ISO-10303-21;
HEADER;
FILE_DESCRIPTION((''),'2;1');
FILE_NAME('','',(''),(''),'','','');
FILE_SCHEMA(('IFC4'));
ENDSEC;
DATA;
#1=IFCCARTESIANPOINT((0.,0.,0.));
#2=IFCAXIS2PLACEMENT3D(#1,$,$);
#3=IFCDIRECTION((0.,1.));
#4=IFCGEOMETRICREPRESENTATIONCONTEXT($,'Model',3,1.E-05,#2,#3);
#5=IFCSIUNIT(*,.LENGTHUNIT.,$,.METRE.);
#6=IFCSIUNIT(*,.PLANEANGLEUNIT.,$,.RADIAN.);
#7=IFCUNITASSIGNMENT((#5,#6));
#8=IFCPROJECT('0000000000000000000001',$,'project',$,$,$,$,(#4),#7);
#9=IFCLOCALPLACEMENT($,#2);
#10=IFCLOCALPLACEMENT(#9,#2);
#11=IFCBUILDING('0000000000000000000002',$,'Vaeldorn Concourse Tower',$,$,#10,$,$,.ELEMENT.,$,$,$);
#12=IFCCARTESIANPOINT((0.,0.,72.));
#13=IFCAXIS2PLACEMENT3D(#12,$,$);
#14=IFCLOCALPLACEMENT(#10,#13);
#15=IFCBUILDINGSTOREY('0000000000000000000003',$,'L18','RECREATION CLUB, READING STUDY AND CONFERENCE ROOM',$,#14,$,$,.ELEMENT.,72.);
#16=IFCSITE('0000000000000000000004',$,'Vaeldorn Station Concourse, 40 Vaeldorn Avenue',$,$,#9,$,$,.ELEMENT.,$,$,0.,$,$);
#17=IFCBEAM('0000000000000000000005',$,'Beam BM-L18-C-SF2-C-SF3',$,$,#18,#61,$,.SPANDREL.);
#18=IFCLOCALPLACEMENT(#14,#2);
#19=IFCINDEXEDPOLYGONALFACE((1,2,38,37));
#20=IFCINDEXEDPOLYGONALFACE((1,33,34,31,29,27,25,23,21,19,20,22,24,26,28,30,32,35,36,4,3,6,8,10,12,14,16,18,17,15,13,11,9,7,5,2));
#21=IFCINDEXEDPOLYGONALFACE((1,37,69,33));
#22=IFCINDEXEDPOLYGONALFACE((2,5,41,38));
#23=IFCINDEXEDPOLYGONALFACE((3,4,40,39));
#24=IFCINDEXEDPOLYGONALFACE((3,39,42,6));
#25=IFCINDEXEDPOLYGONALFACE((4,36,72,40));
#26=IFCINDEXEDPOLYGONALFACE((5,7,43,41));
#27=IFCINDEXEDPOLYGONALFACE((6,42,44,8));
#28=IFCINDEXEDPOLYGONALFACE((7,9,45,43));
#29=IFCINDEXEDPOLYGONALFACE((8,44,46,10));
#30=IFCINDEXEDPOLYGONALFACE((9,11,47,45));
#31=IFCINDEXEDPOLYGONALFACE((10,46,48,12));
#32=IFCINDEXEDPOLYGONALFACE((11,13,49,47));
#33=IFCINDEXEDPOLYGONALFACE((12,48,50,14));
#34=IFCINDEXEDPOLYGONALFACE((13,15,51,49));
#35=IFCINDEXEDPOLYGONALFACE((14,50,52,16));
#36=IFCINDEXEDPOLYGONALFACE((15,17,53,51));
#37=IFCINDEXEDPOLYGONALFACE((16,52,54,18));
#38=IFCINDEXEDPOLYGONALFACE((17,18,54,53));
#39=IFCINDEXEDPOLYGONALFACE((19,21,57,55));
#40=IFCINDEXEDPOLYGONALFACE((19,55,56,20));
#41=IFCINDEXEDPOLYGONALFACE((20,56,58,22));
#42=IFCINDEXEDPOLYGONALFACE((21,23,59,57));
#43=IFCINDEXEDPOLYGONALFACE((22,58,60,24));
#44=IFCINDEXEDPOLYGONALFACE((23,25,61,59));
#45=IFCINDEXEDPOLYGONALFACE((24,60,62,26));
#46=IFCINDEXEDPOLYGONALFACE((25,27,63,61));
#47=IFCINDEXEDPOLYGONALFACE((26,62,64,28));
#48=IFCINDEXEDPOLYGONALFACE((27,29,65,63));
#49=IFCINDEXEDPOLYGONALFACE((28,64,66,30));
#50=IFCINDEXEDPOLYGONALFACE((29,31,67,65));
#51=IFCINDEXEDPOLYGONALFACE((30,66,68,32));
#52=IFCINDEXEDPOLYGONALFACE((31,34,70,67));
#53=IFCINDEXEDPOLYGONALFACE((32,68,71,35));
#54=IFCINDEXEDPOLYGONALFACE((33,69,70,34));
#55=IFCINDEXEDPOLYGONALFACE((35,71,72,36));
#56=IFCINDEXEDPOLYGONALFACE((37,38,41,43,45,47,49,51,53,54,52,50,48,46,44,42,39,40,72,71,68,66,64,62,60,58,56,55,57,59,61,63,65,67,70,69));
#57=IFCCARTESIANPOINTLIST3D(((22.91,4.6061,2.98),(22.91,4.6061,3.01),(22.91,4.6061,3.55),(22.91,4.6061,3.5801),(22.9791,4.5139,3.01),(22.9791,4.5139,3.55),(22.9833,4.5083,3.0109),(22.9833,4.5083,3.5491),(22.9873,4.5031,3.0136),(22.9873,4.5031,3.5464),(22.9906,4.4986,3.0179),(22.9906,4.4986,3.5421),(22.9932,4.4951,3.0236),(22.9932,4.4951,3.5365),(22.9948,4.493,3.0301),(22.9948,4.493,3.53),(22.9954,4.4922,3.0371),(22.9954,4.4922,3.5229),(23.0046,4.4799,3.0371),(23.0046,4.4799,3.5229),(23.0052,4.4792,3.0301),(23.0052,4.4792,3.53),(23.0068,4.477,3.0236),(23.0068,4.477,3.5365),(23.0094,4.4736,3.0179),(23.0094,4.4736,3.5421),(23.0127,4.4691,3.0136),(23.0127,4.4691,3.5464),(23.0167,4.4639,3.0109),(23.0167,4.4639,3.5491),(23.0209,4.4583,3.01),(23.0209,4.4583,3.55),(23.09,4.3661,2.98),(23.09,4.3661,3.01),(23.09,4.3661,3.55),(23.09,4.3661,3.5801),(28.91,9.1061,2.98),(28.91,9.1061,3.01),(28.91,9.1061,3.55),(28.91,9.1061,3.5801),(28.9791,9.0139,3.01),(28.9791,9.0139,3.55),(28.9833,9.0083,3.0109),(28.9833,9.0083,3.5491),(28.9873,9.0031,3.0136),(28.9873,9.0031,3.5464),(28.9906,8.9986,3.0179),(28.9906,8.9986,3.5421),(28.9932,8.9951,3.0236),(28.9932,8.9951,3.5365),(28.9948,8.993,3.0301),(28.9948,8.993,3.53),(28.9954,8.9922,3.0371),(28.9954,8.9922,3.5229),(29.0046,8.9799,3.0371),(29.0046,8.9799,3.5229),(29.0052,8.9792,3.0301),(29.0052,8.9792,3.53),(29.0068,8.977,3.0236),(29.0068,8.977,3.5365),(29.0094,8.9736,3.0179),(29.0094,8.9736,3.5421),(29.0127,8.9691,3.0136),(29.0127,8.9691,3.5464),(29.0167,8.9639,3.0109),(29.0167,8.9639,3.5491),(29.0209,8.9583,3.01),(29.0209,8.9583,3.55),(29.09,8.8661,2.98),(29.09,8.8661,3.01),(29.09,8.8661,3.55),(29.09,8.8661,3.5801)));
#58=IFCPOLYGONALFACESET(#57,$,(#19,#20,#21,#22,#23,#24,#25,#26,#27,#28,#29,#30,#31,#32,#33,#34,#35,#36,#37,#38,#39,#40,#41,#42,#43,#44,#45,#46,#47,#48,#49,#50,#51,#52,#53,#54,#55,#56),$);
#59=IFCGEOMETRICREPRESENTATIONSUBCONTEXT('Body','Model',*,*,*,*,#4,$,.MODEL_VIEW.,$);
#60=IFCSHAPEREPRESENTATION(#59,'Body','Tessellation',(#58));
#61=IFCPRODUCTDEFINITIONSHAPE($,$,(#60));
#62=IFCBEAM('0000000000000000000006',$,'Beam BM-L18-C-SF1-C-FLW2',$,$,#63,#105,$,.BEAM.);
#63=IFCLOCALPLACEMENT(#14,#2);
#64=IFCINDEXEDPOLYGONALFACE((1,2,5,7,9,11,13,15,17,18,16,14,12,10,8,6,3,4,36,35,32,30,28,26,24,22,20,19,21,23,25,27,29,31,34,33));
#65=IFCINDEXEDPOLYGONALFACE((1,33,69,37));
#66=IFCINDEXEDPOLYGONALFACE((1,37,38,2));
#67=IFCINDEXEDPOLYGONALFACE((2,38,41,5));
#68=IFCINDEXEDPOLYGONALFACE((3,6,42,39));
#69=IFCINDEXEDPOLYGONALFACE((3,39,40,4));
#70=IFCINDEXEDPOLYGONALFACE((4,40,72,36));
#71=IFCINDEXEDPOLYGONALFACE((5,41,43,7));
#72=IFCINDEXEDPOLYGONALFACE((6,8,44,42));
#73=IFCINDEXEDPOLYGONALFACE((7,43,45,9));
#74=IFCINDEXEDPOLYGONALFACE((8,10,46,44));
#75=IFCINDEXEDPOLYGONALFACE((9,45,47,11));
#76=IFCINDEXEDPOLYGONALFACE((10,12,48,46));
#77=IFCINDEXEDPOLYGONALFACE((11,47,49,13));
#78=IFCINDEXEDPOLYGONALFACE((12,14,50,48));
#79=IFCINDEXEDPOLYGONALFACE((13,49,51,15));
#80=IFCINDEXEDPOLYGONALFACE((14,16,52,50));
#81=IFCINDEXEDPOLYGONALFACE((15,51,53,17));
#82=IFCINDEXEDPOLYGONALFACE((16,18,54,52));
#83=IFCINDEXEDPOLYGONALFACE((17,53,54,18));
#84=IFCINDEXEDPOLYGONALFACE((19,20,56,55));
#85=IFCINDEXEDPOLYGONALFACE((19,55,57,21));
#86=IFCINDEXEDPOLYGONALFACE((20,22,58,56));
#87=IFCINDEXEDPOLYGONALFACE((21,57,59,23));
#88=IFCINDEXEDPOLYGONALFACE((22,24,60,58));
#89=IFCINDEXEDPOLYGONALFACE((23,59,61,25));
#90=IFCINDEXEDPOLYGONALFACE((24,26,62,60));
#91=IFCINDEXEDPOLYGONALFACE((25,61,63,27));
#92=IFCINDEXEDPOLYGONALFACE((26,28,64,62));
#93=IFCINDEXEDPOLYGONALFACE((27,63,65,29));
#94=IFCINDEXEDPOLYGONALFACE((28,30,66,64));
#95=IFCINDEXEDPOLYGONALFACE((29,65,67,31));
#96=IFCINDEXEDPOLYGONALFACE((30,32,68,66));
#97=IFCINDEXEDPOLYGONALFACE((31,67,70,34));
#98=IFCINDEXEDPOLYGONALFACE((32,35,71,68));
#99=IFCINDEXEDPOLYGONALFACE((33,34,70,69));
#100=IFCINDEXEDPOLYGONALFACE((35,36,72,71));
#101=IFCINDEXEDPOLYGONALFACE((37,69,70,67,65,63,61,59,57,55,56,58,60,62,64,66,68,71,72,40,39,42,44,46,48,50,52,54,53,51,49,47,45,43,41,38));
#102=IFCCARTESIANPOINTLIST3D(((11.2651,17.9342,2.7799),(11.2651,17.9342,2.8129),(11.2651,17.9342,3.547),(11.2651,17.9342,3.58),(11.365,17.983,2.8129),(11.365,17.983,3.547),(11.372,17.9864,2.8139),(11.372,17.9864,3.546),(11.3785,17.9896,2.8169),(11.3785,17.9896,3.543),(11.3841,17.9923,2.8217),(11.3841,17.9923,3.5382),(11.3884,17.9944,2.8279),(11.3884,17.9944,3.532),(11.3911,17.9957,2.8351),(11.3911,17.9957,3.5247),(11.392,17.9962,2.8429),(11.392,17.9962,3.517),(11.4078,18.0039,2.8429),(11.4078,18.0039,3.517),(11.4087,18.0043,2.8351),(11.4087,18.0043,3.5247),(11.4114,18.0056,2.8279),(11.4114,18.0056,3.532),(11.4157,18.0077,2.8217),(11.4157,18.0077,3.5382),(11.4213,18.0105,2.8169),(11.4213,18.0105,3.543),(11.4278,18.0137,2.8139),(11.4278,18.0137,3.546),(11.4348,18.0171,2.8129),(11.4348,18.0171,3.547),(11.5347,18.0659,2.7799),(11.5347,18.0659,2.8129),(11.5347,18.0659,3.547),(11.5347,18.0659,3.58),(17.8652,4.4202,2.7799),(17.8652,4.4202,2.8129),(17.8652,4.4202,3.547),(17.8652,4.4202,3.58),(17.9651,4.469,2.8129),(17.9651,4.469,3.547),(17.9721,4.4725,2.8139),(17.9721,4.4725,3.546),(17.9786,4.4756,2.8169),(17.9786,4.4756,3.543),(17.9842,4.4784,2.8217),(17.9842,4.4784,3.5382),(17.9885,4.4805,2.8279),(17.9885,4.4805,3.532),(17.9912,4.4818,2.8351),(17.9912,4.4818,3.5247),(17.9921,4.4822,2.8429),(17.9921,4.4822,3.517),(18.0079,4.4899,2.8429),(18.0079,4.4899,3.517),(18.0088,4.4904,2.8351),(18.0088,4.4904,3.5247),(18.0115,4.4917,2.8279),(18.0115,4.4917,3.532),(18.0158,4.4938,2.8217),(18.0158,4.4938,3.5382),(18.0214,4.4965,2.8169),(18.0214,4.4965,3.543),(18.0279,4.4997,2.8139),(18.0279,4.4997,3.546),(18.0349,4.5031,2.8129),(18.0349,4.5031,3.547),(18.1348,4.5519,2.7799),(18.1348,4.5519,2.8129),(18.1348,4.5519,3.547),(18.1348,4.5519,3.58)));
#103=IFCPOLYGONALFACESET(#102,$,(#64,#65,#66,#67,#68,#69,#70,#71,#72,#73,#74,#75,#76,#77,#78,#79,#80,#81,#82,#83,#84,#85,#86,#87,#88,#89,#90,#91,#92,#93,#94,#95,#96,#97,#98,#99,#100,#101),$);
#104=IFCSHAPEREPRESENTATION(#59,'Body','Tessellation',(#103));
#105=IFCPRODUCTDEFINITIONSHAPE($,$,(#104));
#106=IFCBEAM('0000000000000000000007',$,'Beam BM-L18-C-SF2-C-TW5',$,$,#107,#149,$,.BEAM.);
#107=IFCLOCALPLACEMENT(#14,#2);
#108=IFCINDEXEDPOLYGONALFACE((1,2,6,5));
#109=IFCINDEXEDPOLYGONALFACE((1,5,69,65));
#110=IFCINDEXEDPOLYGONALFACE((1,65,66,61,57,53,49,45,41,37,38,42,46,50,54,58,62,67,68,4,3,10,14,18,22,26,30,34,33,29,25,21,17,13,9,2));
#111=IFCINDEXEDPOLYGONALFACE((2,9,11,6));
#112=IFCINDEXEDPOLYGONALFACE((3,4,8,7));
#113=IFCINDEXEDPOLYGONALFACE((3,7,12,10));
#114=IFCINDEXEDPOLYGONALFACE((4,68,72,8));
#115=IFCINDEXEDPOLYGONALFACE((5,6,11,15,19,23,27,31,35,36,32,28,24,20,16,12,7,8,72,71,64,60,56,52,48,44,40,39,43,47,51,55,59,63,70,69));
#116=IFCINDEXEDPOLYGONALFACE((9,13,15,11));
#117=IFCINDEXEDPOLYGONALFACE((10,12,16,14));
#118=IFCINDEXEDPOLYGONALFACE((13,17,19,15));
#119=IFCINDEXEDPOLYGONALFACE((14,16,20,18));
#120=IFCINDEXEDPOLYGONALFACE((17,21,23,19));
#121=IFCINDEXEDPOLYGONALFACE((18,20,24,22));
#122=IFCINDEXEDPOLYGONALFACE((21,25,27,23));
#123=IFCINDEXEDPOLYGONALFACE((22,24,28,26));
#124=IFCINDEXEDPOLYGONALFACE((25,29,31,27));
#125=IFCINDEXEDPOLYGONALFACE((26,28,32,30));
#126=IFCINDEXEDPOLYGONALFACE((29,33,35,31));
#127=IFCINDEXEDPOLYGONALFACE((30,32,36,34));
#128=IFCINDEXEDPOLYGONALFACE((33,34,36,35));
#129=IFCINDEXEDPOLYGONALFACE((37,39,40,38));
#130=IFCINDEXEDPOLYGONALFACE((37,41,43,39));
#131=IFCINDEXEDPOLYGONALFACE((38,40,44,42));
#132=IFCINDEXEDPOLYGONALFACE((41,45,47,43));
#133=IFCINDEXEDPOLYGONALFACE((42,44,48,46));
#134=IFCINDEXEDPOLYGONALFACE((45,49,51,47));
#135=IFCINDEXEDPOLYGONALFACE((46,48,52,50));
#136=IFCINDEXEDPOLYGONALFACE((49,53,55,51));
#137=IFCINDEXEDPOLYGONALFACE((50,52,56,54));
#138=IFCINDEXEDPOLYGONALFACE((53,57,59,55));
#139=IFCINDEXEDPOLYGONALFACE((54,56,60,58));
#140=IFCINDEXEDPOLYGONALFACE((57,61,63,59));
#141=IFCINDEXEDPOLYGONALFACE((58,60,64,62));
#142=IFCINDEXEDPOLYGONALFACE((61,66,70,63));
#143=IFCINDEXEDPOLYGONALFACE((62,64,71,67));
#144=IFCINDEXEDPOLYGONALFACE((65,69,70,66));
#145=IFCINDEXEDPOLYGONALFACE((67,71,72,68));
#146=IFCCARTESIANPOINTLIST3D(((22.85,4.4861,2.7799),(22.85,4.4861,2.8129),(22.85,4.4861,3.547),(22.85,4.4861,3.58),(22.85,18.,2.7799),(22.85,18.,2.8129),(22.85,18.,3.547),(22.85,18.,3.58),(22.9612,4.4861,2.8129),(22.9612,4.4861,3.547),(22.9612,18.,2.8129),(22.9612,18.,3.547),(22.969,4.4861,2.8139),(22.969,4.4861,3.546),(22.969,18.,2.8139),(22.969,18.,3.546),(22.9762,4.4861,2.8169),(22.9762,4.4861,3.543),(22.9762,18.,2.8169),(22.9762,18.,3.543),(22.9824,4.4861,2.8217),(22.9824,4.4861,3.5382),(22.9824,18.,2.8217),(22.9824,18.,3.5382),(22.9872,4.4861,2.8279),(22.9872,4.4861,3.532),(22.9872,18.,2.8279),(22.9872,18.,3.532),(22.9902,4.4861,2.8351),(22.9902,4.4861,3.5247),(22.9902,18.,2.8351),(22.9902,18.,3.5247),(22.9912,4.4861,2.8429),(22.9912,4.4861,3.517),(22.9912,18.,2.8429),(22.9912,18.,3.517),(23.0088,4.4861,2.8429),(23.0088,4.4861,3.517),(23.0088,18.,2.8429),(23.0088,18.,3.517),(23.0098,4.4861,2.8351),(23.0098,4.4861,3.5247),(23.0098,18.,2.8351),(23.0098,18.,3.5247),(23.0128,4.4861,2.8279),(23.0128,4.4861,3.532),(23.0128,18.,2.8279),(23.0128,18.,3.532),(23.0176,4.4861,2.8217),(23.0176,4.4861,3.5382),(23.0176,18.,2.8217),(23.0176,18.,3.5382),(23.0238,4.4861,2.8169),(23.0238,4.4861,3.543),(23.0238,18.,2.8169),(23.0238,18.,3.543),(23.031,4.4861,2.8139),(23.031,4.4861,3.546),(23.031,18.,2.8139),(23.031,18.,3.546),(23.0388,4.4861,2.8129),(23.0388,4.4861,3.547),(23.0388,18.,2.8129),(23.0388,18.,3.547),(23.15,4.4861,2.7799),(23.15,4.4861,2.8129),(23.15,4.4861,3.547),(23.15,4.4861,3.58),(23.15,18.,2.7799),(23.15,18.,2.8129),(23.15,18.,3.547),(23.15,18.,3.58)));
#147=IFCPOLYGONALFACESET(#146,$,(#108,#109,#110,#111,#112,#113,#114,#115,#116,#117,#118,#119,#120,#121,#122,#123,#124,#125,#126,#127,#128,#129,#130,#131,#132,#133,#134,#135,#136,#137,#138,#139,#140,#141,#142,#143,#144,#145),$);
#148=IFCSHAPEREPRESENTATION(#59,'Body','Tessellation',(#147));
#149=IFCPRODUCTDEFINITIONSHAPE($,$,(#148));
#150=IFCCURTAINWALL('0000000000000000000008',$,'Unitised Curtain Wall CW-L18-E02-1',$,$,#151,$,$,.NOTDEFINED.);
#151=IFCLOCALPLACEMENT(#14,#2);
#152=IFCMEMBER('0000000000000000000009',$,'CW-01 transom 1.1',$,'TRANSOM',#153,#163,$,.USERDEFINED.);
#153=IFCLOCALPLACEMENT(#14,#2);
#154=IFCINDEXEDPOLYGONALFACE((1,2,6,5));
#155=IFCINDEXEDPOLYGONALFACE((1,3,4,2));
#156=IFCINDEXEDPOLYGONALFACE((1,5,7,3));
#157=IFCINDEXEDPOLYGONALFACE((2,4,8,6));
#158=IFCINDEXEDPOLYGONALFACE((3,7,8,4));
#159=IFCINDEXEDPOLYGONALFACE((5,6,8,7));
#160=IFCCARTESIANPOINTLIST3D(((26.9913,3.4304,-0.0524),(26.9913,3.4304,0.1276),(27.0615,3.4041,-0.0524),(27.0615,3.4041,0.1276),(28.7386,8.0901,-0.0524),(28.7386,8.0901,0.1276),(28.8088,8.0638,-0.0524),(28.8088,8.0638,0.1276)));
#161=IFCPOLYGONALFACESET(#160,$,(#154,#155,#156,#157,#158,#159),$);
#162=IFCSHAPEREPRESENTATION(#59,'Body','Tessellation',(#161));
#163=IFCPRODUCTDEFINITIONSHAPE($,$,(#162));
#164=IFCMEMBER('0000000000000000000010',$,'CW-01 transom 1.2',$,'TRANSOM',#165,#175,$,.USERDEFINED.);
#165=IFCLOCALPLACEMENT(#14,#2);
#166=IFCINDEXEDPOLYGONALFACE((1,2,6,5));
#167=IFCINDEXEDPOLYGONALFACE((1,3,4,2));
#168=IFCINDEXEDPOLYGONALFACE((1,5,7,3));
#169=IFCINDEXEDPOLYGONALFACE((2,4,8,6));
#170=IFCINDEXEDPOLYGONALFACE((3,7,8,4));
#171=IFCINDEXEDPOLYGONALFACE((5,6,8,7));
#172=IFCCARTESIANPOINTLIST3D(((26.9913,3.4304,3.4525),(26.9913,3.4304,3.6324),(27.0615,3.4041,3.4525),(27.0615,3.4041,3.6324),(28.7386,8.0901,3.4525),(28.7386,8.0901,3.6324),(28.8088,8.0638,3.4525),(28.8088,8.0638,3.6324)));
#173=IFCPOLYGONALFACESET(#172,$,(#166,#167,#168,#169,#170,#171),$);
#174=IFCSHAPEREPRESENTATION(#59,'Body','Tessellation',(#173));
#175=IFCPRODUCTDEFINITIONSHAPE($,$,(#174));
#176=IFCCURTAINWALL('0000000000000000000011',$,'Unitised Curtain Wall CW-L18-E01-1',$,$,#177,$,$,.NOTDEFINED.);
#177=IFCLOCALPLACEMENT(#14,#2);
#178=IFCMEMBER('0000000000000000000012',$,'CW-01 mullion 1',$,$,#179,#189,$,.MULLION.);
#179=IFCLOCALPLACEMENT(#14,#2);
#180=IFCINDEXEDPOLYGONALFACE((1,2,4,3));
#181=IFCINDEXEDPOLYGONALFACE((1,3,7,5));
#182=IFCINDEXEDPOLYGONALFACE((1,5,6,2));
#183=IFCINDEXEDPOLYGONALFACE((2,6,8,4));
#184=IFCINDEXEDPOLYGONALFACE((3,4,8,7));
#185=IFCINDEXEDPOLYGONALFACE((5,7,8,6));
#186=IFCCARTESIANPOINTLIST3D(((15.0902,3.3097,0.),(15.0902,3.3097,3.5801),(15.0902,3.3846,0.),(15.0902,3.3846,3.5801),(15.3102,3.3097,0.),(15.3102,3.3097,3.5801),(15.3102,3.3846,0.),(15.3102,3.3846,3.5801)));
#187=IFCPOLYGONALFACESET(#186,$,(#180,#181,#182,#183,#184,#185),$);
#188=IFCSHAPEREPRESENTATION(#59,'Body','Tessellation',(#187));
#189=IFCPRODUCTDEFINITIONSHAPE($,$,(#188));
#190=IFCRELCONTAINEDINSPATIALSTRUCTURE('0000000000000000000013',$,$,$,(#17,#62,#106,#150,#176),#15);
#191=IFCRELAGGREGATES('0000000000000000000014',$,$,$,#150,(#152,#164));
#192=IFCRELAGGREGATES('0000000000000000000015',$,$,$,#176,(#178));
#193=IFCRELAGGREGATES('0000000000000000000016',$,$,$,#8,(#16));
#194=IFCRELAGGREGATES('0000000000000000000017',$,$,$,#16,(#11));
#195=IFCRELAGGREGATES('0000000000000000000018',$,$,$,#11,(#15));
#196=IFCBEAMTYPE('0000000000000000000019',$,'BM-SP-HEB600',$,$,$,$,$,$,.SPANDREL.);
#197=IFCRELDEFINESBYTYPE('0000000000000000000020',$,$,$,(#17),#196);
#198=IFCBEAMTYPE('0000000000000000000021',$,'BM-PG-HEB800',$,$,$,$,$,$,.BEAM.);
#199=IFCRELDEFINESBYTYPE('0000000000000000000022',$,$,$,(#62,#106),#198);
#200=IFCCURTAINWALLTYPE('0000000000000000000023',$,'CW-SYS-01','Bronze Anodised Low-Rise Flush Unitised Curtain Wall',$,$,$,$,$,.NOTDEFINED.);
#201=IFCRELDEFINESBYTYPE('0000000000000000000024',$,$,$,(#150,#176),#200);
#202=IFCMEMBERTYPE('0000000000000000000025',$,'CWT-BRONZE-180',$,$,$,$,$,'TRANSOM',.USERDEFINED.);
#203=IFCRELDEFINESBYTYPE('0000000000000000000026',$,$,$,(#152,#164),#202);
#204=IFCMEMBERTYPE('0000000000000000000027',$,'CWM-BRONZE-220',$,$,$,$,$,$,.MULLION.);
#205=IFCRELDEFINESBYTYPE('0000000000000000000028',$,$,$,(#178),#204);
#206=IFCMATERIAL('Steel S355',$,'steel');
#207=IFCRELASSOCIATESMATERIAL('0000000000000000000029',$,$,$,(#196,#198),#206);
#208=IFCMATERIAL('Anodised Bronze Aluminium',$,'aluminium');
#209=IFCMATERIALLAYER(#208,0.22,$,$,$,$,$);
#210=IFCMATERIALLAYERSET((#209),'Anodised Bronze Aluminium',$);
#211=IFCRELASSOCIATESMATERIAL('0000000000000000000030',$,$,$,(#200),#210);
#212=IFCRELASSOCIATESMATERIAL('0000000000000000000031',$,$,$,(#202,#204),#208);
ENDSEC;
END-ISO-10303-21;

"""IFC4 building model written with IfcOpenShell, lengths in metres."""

from ifc_helpers import new_model, si_unit, direction, frame, origin, origin_2d, place, context, subcontext, project, spatial, rectangle, i_section, extrude, source, transform, mapped, material, layer, layer_set, material_profile, profile_set, type_object, element, aggregate, save


model = new_model("IFC4")

# Units and contexts
model_context = context("Model", 3, precision=1e-05, world=origin(), true_north=direction((0.0, 1.0)))
body_context = subcontext(model_context, "Body", "Model", "MODEL_VIEW")
ifc_project = project(units=[si_unit("LENGTHUNIT", "METRE"), si_unit("PLANEANGLEUNIT", "RADIAN")], contexts=[model_context])

# Site, building, storey
site_placement = place(None, origin())
site = spatial("IfcSite", under=ifc_project, at=site_placement, Name="Vaeldorn Station Concourse, 40 Vaeldorn Avenue", CompositionType="ELEMENT", RefElevation=0.0)
building_placement = place(site_placement, origin())
building = spatial("IfcBuilding", under=site, at=building_placement, Name="Vaeldorn Concourse Tower", CompositionType="ELEMENT")
storey_placement = place(building_placement, frame((0.0, 0.0, 72.0)))
storey = spatial("IfcBuildingStorey", under=building, at=storey_placement, Name="L18", Description="RECREATION CLUB, READING STUDY AND CONFERENCE ROOM", CompositionType="ELEMENT", Elevation=72.0)

# Beams
ifc_material_1 = material(Name="Steel S355", Category="steel")
ifc_material_profile_1 = material_profile(ifc_material_1, i_section(OverallWidth=0.3, OverallDepth=0.6001, WebThickness=0.0154, FlangeThickness=0.03, FilletRadius=0.0271, at=origin_2d()), Name="HEB 600")
ifc_profile_set_1 = profile_set([ifc_material_profile_1], Name="Steel S355")
beam_type_1 = type_object("IfcBeamType", Name="BM-SP-HEB600", PredefinedType="SPANDREL", material=ifc_profile_set_1)
shared_shape_1 = source(origin(), body_context, "Body", "SweptSolid", [
    extrude(i_section(OverallWidth=0.3, OverallDepth=0.6001, WebThickness=0.0154, FlangeThickness=0.03, FilletRadius=0.0271, at=origin_2d()), origin(), (0.0, 0.0, 1.0), 7.5),
])
beam_1_placement = place(storey_placement, frame((23.0, 4.4861, 3.28), z_axis=(0.8, 0.6, 0.0), x_axis=(-0.6, 0.8, 0.0)))
element("IfcBeam", 1, at=beam_1_placement, inside=storey, type_object=beam_type_1, Name="Beam BM-L18-C-SF2-C-SF3", PredefinedType="SPANDREL", context=body_context, shape_type="MappedRepresentation", body=[
    mapped(shared_shape_1, transform((0.0, 0.0, 0.0), scale=1.0)),
])
ifc_material_profile_2 = material_profile(ifc_material_1, i_section(OverallWidth=0.3, OverallDepth=0.8, WebThickness=0.0176, FlangeThickness=0.033, FilletRadius=0.03, at=origin_2d()), Name="HEB 800")
ifc_profile_set_2 = profile_set([ifc_material_profile_2], Name="Steel S355")
beam_type_2 = type_object("IfcBeamType", Name="BM-PG-HEB800", PredefinedType="BEAM", material=ifc_profile_set_2)
shared_shape_2 = source(origin(), body_context, "Body", "SweptSolid", [
    extrude(i_section(OverallWidth=0.3, OverallDepth=0.8, WebThickness=0.0176, FlangeThickness=0.033, FilletRadius=0.03, at=origin_2d()), origin(), (0.0, 0.0, 1.0), 15.0396),
])
beam_2_placement = place(storey_placement, frame((18.0, 4.4861, 3.1799), z_axis=(-0.43885, 0.89856, 0.0), x_axis=(-0.89856, -0.43885, 0.0)))
element("IfcBeam", 2, at=beam_2_placement, inside=storey, type_object=beam_type_2, Name="Beam BM-L18-C-SF1-C-FLW2", PredefinedType="BEAM", context=body_context, shape_type="MappedRepresentation", body=[
    mapped(shared_shape_2, transform((0.0, 0.0, 0.0), scale=1.0)),
])
shared_shape_3 = source(origin(), body_context, "Body", "SweptSolid", [
    extrude(i_section(OverallWidth=0.3, OverallDepth=0.8, WebThickness=0.0176, FlangeThickness=0.033, FilletRadius=0.03, at=origin_2d()), origin(), (0.0, 0.0, 1.0), 13.5139),
])
beam_3_placement = place(storey_placement, frame((23.0, 4.4861, 3.1799), z_axis=(0.0, 1.0, 0.0), x_axis=(-1.0, 0.0, 0.0)))
element("IfcBeam", 3, at=beam_3_placement, inside=storey, type_object=beam_type_2, Name="Beam BM-L18-C-SF2-C-TW5", PredefinedType="BEAM", context=body_context, shape_type="MappedRepresentation", body=[
    mapped(shared_shape_3, transform((0.0, 0.0, 0.0), scale=1.0)),
])

# Curtain walls, members
ifc_material_2 = material(Name="Anodised Bronze Aluminium", Category="aluminium")
ifc_layer_1 = layer(ifc_material_2, 0.22)
ifc_layer_set_1 = layer_set([ifc_layer_1], Name="Anodised Bronze Aluminium")
curtain_wall_type = type_object("IfcCurtainWallType", Name="CW-SYS-01", Description="Bronze Anodised Low-Rise Flush Unitised Curtain Wall", PredefinedType="NOTDEFINED", material=ifc_layer_set_1)
curtain_wall_1_placement = place(storey_placement, origin())
curtain_wall_1 = element("IfcCurtainWall", 4, at=curtain_wall_1_placement, inside=storey, type_object=curtain_wall_type, Name="Unitised Curtain Wall CW-L18-E02-1", PredefinedType="NOTDEFINED")
ifc_material_profile_3 = material_profile(ifc_material_2, rectangle(XDim=0.075, YDim=0.1799, at=origin_2d()), Name="CWT 75x180")
ifc_profile_set_3 = profile_set([ifc_material_profile_3], Name="Anodised Bronze Aluminium")
member_type_1 = type_object("IfcMemberType", Name="CWT-BRONZE-180", ElementType="TRANSOM", PredefinedType="USERDEFINED", material=ifc_profile_set_3)
shared_shape_4 = source(origin(), body_context, "Body", "SweptSolid", [
    extrude(rectangle(XDim=0.075, YDim=0.1799, at=origin_2d()), origin(), (0.0, 0.0, 1.0), 4.9766),
])
member_1_placement = place(storey_placement, frame((27.0264, 3.4172, 0.0376), z_axis=(0.351113, 0.936333, 0.0), x_axis=(-0.936333, 0.351113, 0.0)))
member_1 = element("IfcMember", 5, at=member_1_placement, type_object=member_type_1, Name="CW-01 transom 1.1", ObjectType="TRANSOM", PredefinedType="USERDEFINED", context=body_context, shape_type="MappedRepresentation", body=[
    mapped(shared_shape_4, transform((0.0, 0.0, 0.0), scale=1.0)),
])
member_2_placement = place(storey_placement, frame((27.0264, 3.4172, 3.5425), z_axis=(0.351113, 0.936333, 0.0), x_axis=(-0.936333, 0.351113, 0.0)))
member_2 = element("IfcMember", 6, at=member_2_placement, type_object=member_type_1, Name="CW-01 transom 1.2", ObjectType="TRANSOM", PredefinedType="USERDEFINED", context=body_context, shape_type="MappedRepresentation", body=[
    mapped(shared_shape_4, transform((0.0, 0.0, 0.0), scale=1.0)),
])
curtain_wall_2_placement = place(storey_placement, origin())
curtain_wall_2 = element("IfcCurtainWall", 7, at=curtain_wall_2_placement, inside=storey, type_object=curtain_wall_type, Name="Unitised Curtain Wall CW-L18-E01-1", PredefinedType="NOTDEFINED")
ifc_material_profile_4 = material_profile(ifc_material_2, rectangle(XDim=0.075, YDim=0.22, at=origin_2d()), Name="CWM 75x220")
ifc_profile_set_4 = profile_set([ifc_material_profile_4], Name="Anodised Bronze Aluminium")
member_type_2 = type_object("IfcMemberType", Name="CWM-BRONZE-220", PredefinedType="MULLION", material=ifc_profile_set_4)
shared_shape_5 = source(origin(), body_context, "Body", "SweptSolid", [
    extrude(rectangle(XDim=0.075, YDim=0.22, at=origin_2d()), origin(), (0.0, 0.0, 1.0), 3.5801),
])
member_3_placement = place(storey_placement, frame((15.2002, 3.3472, 0.0), z_axis=(0.0, 0.0, 1.0), x_axis=(0.0, 1.0, 0.0)))
member_3 = element("IfcMember", 8, at=member_3_placement, type_object=member_type_2, Name="CW-01 mullion 1", PredefinedType="MULLION", context=body_context, shape_type="MappedRepresentation", body=[
    mapped(shared_shape_5, transform((0.0, 0.0, 0.0), scale=1.0)),
])

aggregate(curtain_wall_1, [member_1, member_2])

aggregate(curtain_wall_2, [member_3])

save(model, "model.ifc")
